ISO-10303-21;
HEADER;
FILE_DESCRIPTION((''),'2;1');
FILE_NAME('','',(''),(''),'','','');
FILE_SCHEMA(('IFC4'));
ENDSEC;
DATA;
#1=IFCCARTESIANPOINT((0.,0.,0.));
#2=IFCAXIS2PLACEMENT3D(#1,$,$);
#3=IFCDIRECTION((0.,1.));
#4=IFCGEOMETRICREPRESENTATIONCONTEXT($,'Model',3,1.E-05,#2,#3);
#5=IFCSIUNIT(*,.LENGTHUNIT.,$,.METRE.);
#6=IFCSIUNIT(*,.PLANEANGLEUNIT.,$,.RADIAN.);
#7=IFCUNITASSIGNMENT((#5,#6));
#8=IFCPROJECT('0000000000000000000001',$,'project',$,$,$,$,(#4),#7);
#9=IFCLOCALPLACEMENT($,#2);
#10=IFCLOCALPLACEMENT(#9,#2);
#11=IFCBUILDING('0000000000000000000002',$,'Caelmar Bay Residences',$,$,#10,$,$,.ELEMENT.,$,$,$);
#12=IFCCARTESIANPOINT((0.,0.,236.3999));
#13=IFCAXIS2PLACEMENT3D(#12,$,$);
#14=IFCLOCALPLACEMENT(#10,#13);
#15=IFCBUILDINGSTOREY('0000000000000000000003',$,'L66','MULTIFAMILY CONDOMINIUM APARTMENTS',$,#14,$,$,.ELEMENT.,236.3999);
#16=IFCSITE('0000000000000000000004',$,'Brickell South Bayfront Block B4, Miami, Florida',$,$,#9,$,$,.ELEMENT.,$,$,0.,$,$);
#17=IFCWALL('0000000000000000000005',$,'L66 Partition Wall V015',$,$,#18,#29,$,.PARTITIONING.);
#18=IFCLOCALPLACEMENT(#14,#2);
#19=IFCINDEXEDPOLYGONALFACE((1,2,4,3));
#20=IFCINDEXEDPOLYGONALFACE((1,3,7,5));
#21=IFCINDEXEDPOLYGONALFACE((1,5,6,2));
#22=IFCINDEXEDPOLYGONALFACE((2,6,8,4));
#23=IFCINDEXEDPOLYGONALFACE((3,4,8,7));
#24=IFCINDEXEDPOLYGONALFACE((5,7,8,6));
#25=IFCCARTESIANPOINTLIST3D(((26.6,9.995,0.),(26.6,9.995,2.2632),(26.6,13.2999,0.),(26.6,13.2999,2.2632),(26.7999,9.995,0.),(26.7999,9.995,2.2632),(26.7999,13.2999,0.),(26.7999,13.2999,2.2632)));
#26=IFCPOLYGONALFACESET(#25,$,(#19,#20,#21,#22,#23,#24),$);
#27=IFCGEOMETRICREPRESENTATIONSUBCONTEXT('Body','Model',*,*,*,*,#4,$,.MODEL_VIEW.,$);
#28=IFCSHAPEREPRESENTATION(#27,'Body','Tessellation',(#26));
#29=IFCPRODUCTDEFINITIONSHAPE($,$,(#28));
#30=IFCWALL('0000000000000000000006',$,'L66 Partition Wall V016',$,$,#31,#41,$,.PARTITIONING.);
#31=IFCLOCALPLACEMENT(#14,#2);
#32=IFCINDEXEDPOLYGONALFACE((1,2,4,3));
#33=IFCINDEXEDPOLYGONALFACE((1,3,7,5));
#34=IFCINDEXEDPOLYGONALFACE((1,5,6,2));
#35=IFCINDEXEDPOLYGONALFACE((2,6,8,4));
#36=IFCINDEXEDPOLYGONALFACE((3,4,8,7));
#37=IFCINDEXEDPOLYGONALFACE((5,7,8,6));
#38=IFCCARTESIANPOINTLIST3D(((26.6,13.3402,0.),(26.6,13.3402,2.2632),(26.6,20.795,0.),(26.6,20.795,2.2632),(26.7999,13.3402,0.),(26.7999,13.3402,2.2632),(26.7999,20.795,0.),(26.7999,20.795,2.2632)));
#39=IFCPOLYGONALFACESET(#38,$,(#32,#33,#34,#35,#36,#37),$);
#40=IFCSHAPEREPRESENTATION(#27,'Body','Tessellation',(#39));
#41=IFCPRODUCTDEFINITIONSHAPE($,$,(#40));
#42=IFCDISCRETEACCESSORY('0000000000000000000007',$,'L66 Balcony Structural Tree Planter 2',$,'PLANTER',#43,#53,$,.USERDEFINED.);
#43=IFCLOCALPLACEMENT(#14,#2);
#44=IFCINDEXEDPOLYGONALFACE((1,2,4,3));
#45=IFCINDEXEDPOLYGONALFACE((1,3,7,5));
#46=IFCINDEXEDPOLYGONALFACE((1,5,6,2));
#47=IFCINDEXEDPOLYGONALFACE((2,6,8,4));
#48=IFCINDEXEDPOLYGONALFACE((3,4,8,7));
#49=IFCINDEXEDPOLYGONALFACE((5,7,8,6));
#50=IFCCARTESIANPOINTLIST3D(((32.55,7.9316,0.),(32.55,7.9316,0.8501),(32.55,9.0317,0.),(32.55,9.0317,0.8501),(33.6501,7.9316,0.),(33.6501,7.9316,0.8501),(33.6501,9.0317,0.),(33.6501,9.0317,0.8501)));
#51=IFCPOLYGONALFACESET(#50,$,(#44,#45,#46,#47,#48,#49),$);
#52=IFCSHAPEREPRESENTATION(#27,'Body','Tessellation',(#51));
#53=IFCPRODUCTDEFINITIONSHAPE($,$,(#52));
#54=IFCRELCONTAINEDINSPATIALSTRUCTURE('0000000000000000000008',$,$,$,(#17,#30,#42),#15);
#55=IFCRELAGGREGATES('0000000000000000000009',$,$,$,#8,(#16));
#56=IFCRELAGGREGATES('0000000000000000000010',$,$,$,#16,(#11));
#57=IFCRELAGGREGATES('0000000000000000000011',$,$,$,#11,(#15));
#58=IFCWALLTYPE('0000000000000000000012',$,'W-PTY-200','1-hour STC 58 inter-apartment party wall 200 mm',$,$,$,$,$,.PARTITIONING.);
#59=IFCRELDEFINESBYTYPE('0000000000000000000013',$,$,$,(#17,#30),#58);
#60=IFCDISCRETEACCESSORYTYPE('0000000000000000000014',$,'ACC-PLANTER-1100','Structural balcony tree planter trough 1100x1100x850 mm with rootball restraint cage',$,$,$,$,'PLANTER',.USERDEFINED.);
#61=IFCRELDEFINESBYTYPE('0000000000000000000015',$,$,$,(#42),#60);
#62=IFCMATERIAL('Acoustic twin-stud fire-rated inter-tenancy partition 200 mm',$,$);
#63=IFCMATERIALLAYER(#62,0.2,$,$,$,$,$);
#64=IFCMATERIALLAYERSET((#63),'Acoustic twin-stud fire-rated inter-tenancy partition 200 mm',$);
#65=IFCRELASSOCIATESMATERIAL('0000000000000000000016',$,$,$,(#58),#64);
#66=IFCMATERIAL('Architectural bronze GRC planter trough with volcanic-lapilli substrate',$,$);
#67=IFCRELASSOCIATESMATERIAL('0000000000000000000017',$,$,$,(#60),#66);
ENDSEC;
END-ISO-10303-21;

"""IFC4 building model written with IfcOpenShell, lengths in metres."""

from ifc_helpers import new_model, si_unit, direction, frame, frame_2d, origin, origin_2d, place, context, subcontext, project, spatial, rectangle, extrude, material, layer, layer_set, type_object, element, save


model = new_model("IFC4")

# Units and contexts
model_context = context("Model", 3, precision=1e-05, world=origin(), true_north=direction((0.0, 1.0)))
body_context = subcontext(model_context, "Body", "Model", "MODEL_VIEW")
ifc_project = project(units=[si_unit("LENGTHUNIT", "METRE"), si_unit("PLANEANGLEUNIT", "RADIAN")], contexts=[model_context])

# Site, building, storey
site_placement = place(None, origin())
site = spatial("IfcSite", under=ifc_project, at=site_placement, Name="Brickell South Bayfront Block B4, Miami, Florida", CompositionType="ELEMENT", RefElevation=0.0)
building_placement = place(site_placement, origin())
building = spatial("IfcBuilding", under=site, at=building_placement, Name="Caelmar Bay Residences", CompositionType="ELEMENT")
storey_placement = place(building_placement, frame((0.0, 0.0, 236.3999)))
storey = spatial("IfcBuildingStorey", under=building, at=storey_placement, Name="L66", Description="MULTIFAMILY CONDOMINIUM APARTMENTS", CompositionType="ELEMENT", Elevation=236.3999)

# Walls
ifc_material_1 = material(Name="Acoustic twin-stud fire-rated inter-tenancy partition 200 mm")
ifc_layer_1 = layer(ifc_material_1, 0.2)
ifc_layer_set_1 = layer_set([ifc_layer_1], Name="Acoustic twin-stud fire-rated inter-tenancy partition 200 mm")
wall_type_1 = type_object("IfcWallType", Name="W-PTY-200", Description="1-hour STC 58 inter-apartment party wall 200 mm", PredefinedType="PARTITIONING", material=ifc_layer_set_1)
wall_1_placement = place(storey_placement, frame((26.7, 9.9951, 0.0), z_axis=(0.0, 0.0, 1.0), x_axis=(0.0, 1.0, 0.0)))
element("IfcWall", 1, at=wall_1_placement, inside=storey, type_object=wall_type_1, Name="L66 Partition Wall V015", PredefinedType="PARTITIONING", context=body_context, shape_type="SweptSolid", body=[
    extrude(rectangle(XDim=3.3049, YDim=0.2, at=frame_2d((1.6523, 0.0))), origin(), (0.0, 0.0, 1.0), 2.2632),
])
wall_2_placement = place(storey_placement, frame((26.7, 13.3401, 0.0), z_axis=(0.0, 0.0, 1.0), x_axis=(0.0, 1.0, 0.0)))
element("IfcWall", 2, at=wall_2_placement, inside=storey, type_object=wall_type_1, Name="L66 Partition Wall V016", PredefinedType="PARTITIONING", context=body_context, shape_type="SweptSolid", body=[
    extrude(rectangle(XDim=7.4548, YDim=0.2, at=frame_2d((3.7275, 0.0))), origin(), (0.0, 0.0, 1.0), 2.2632),
])

# Discrete accessory
ifc_material_2 = material(Name="Architectural bronze GRC planter trough with volcanic-lapilli substrate")
discrete_accessory_type = type_object("IfcDiscreteAccessoryType", Name="ACC-PLANTER-1100", Description="Structural balcony tree planter trough 1100x1100x850 mm with rootball restraint cage", ElementType="PLANTER", PredefinedType="USERDEFINED", material=ifc_material_2)
discrete_accessory_placement = place(storey_placement, frame((33.1001, 8.4817, 0.0), z_axis=(0.0, 0.0, 1.0), x_axis=(1.0, 0.0, 0.0)))
element("IfcDiscreteAccessory", 3, at=discrete_accessory_placement, inside=storey, type_object=discrete_accessory_type, Name="L66 Balcony Structural Tree Planter 2", ObjectType="PLANTER", PredefinedType="USERDEFINED", context=body_context, shape_type="SweptSolid", body=[
    extrude(rectangle(XDim=1.1001, YDim=1.1001, at=origin_2d()), origin(), (0.0, 0.0, 1.0), 0.8501),
])

save(model, "model.ifc")
